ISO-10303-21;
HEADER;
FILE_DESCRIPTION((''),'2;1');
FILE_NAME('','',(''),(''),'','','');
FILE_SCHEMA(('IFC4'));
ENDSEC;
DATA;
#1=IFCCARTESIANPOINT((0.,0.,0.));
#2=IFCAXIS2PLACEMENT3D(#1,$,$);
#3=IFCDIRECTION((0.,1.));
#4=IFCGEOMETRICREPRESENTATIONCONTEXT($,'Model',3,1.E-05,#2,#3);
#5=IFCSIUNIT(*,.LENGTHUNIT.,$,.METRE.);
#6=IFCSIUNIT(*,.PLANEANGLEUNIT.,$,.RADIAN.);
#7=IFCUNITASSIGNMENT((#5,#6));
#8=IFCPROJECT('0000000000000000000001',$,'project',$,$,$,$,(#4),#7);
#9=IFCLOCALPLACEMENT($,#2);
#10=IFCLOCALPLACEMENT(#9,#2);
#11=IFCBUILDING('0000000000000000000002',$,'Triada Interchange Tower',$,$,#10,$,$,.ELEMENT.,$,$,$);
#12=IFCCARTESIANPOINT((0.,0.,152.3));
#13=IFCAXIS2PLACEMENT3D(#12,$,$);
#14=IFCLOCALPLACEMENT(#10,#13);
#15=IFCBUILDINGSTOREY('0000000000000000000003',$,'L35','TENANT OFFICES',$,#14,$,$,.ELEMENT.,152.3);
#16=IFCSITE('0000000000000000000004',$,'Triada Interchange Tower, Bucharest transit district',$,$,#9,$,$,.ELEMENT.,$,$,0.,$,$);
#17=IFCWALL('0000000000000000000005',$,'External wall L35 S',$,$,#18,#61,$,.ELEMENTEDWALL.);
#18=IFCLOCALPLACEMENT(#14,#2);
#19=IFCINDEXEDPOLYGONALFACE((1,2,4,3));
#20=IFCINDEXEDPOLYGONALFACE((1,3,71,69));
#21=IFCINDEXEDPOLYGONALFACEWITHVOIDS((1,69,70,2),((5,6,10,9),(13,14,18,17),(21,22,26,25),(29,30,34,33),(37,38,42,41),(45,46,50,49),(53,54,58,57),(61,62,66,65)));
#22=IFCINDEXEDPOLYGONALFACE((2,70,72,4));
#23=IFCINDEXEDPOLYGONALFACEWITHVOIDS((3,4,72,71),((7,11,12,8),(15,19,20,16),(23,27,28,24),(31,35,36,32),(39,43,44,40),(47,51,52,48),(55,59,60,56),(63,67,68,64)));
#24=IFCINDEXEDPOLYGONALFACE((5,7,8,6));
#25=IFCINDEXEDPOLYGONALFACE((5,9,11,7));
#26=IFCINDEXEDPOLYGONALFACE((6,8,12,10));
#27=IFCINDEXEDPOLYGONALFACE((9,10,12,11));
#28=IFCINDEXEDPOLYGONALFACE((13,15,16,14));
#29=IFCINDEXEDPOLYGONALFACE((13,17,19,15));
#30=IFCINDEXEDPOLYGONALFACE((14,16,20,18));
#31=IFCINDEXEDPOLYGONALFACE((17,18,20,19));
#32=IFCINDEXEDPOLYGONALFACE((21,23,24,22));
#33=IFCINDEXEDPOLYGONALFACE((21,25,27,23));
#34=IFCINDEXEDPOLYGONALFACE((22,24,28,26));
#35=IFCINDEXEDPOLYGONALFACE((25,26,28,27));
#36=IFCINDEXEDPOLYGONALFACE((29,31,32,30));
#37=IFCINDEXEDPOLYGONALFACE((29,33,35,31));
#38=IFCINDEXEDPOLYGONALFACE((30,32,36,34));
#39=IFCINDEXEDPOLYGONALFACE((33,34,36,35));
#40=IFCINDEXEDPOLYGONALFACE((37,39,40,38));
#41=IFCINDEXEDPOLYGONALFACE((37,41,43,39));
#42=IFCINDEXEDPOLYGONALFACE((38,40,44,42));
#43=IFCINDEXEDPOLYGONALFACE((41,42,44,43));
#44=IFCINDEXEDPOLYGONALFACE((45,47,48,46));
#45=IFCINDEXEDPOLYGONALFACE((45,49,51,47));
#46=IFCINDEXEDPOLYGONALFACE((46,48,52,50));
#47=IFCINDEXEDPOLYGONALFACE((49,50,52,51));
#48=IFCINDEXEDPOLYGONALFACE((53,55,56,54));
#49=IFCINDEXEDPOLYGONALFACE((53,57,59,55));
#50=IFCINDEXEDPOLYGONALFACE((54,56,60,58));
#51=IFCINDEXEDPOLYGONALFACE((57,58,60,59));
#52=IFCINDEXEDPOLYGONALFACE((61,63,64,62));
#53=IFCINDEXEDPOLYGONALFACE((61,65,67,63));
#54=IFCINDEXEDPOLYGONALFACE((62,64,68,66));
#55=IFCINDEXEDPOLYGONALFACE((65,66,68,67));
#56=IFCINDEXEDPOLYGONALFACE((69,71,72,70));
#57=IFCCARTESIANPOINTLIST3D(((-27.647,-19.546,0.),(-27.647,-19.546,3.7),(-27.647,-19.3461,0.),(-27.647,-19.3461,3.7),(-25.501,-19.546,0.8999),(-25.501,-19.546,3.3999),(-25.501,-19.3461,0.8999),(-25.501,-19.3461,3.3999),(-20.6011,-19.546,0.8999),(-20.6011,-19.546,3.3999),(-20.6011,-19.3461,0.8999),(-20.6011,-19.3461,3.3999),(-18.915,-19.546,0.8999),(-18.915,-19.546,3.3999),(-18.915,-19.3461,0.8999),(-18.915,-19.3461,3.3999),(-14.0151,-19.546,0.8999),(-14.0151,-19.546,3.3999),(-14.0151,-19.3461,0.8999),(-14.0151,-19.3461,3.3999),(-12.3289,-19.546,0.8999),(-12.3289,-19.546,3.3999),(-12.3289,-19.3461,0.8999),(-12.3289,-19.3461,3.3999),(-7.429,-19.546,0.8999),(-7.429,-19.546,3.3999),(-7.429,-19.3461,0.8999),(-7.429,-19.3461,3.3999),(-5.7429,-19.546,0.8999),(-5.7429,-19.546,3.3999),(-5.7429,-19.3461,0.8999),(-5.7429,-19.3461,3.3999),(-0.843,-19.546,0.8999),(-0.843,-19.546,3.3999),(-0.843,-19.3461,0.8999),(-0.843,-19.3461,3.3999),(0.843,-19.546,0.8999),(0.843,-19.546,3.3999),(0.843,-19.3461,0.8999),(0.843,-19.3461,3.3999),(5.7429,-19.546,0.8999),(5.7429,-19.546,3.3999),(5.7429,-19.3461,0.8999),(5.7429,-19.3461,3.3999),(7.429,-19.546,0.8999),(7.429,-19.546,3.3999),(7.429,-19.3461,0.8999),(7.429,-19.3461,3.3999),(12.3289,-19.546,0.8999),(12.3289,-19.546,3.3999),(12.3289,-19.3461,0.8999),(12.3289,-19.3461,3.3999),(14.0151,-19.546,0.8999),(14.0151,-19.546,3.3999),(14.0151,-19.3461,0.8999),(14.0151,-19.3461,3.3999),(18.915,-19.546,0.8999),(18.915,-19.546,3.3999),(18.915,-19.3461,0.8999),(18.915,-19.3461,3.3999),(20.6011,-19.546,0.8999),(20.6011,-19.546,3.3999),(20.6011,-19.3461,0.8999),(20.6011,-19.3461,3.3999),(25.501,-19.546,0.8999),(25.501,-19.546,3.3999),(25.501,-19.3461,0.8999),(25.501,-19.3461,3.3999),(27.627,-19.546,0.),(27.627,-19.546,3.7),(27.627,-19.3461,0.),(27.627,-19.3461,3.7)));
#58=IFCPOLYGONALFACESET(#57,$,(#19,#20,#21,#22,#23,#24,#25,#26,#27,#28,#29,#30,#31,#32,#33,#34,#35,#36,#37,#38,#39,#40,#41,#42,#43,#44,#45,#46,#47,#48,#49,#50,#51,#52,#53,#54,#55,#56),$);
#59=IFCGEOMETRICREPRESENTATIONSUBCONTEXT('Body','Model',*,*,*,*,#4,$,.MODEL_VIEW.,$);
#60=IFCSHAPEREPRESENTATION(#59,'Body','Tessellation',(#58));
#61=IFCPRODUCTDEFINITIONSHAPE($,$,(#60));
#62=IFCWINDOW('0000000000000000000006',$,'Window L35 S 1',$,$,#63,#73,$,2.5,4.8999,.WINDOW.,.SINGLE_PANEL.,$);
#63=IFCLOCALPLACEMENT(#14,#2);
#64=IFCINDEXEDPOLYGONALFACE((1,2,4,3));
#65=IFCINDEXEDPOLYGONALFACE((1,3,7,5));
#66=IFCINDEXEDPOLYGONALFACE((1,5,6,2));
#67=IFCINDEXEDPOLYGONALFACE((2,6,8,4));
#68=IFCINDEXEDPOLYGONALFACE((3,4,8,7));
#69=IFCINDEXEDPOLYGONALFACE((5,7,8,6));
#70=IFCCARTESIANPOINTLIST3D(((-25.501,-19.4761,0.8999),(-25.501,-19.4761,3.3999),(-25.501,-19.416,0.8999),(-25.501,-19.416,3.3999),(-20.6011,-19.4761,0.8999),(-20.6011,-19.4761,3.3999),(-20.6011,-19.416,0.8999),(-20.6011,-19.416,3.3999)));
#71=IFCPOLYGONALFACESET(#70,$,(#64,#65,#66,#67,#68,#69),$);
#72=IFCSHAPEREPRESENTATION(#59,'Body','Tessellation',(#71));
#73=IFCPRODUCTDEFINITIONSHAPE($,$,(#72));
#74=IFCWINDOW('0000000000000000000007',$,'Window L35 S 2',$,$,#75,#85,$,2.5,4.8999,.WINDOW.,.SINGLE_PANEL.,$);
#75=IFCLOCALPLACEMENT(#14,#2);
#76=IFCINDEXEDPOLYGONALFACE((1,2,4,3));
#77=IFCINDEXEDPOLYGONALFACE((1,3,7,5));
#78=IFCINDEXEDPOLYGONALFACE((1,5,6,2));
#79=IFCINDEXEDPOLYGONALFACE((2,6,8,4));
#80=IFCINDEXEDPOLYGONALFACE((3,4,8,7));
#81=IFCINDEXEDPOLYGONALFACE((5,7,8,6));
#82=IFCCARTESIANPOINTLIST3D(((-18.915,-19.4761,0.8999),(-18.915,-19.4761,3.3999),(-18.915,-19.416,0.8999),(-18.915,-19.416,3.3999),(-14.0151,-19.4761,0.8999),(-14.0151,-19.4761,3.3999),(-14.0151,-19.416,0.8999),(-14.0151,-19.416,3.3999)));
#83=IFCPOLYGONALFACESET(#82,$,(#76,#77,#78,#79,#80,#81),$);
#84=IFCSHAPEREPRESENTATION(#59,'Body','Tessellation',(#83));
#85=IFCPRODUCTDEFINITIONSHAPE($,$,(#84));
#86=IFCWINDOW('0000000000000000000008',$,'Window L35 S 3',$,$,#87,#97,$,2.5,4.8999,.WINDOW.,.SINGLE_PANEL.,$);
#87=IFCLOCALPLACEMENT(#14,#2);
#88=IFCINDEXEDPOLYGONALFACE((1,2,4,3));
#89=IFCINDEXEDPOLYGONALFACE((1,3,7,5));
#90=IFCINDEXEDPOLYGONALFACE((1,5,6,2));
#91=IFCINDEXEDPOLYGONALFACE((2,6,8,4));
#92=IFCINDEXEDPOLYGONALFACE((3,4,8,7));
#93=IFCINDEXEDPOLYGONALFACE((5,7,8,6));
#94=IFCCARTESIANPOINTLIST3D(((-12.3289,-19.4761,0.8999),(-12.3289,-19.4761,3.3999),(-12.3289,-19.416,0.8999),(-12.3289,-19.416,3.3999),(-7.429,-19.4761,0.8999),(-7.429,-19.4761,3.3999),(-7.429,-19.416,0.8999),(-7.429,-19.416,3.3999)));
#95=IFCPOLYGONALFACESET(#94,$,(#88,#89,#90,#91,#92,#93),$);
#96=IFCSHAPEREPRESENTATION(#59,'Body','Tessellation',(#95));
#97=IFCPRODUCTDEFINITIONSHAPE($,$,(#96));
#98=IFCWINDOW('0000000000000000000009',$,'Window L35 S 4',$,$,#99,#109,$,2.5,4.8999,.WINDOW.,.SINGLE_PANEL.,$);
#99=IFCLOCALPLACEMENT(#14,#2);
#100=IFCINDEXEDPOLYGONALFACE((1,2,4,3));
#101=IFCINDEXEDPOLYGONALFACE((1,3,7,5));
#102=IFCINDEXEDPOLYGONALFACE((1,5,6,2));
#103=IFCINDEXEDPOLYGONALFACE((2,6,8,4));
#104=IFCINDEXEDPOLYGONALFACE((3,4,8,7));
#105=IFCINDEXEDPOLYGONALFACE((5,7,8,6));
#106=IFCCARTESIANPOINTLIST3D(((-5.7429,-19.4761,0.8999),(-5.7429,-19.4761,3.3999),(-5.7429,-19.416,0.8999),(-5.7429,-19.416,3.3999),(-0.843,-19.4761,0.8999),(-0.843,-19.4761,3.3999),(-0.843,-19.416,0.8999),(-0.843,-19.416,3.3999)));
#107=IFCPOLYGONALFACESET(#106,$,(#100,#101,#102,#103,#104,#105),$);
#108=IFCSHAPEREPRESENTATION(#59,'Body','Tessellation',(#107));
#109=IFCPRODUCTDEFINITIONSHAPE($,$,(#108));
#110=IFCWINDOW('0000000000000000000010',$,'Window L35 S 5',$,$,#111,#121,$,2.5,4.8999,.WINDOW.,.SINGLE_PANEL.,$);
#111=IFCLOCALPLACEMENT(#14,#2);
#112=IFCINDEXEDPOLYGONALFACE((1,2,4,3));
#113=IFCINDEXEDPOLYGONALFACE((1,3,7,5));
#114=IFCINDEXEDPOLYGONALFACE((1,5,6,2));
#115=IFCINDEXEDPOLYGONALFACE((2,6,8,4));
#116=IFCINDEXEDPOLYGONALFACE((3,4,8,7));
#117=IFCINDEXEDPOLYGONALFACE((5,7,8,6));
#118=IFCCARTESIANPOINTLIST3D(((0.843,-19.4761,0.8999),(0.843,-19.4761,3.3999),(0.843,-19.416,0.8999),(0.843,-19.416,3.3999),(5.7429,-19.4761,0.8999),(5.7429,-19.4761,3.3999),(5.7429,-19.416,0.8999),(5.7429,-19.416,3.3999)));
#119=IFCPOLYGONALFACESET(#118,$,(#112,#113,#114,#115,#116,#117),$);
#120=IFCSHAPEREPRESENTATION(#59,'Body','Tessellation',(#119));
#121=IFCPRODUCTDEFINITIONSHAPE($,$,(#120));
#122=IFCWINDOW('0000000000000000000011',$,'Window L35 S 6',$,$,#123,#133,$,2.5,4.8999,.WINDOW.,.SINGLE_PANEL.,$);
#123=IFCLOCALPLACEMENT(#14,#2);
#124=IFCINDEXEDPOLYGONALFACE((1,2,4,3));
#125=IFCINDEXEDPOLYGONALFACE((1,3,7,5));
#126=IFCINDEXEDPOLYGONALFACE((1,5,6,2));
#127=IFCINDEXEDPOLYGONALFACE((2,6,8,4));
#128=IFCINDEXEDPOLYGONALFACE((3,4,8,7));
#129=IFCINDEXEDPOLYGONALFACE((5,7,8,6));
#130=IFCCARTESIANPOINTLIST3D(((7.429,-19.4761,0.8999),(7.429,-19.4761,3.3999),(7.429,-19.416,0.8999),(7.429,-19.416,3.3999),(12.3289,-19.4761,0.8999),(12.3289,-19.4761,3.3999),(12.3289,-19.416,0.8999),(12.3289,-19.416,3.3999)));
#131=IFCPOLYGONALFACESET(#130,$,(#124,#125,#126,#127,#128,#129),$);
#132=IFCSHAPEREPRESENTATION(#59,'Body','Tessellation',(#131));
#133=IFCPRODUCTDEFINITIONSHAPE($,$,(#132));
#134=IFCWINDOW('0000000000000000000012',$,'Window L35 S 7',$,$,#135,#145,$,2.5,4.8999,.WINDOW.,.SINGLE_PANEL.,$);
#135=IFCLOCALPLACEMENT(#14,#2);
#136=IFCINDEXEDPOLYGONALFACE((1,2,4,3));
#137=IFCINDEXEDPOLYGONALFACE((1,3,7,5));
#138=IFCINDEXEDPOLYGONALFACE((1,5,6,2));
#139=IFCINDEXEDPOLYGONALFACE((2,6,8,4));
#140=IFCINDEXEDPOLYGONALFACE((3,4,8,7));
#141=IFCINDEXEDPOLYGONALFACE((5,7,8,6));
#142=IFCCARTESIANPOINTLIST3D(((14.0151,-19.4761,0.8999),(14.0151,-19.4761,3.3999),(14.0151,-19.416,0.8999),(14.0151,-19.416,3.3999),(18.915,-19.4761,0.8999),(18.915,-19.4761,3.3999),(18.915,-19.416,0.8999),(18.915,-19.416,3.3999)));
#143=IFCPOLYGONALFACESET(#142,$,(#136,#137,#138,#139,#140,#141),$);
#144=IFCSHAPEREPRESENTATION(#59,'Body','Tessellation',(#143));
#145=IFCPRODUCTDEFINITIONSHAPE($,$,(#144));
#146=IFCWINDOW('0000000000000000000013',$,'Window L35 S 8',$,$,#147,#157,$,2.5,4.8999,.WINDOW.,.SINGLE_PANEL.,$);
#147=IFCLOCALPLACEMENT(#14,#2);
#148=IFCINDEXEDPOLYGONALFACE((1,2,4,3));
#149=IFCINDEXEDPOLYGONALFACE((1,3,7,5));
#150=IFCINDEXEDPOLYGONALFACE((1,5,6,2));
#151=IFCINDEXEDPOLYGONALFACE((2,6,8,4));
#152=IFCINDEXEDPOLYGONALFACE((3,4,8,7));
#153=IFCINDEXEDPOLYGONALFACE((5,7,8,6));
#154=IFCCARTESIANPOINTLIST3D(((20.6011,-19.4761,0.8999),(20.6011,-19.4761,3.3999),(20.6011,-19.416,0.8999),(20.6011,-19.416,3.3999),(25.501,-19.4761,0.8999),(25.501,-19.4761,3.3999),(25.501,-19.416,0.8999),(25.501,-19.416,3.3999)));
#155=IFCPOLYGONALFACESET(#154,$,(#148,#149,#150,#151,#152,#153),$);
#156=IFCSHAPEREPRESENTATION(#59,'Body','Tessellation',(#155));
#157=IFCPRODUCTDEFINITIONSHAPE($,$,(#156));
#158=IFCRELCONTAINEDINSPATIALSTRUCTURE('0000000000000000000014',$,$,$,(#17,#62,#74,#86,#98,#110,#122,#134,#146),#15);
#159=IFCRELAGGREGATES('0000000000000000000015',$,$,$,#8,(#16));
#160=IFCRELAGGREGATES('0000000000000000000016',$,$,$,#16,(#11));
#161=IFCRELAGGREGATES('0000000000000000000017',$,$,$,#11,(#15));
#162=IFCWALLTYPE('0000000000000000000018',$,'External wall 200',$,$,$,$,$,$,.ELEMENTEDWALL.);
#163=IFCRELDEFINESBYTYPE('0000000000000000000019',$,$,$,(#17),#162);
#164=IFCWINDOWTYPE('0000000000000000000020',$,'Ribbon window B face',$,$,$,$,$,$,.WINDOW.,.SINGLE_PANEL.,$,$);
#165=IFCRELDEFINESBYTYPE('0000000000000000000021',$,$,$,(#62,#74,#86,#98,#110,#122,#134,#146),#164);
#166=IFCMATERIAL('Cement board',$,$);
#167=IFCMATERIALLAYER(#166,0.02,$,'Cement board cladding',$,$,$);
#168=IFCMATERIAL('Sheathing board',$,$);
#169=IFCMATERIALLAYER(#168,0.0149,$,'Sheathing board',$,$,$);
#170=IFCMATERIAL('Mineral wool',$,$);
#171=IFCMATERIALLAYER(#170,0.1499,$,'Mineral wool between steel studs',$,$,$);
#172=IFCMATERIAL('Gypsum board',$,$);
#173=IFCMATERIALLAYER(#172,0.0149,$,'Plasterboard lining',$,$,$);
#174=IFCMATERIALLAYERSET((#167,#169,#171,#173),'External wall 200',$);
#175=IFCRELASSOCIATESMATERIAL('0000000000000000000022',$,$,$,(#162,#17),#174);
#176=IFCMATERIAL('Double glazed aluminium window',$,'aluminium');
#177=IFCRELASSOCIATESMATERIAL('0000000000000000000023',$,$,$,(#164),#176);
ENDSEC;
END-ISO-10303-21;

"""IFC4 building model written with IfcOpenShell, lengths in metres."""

from ifc_helpers import new_model, si_unit, direction, frame, frame_2d, origin, place, context, subcontext, project, spatial, rectangle, extrude, material, layer, layer_set, layer_usage, type_object, element, fill, save


model = new_model("IFC4")

# Units and contexts
model_context = context("Model", 3, precision=1e-05, world=origin(), true_north=direction((0.0, 1.0)))
body_context = subcontext(model_context, "Body", "Model", "MODEL_VIEW")
ifc_project = project(units=[si_unit("LENGTHUNIT", "METRE"), si_unit("PLANEANGLEUNIT", "RADIAN")], contexts=[model_context])

# Site, building, storey
site_placement = place(None, origin())
site = spatial("IfcSite", under=ifc_project, at=site_placement, Name="Triada Interchange Tower, Bucharest transit district", CompositionType="ELEMENT", RefElevation=0.0)
building_placement = place(site_placement, origin())
building = spatial("IfcBuilding", under=site, at=building_placement, Name="Triada Interchange Tower", CompositionType="ELEMENT")
storey_placement = place(building_placement, frame((0.0, 0.0, 152.3)))
storey = spatial("IfcBuildingStorey", under=building, at=storey_placement, Name="L35", Description="TENANT OFFICES", CompositionType="ELEMENT", Elevation=152.3)

# Shared definitions
ifc_material_1 = material(Name="Cement board")
ifc_layer_1 = layer(ifc_material_1, 0.02, Name="Cement board cladding")
ifc_material_2 = material(Name="Sheathing board")
ifc_layer_2 = layer(ifc_material_2, 0.0149, Name="Sheathing board")
ifc_material_3 = material(Name="Mineral wool")
ifc_layer_3 = layer(ifc_material_3, 0.1499, Name="Mineral wool between steel studs")
ifc_material_4 = material(Name="Gypsum board")
ifc_layer_4 = layer(ifc_material_4, 0.0149, Name="Plasterboard lining")
ifc_layer_set_1 = layer_set([ifc_layer_1, ifc_layer_2, ifc_layer_3, ifc_layer_4], Name="External wall 200")
ifc_layer_usage = layer_usage(ifc_layer_set_1, "AXIS2", "POSITIVE", -0.1001)
wall_type_1 = type_object("IfcWallType", Name="External wall 200", PredefinedType="ELEMENTEDWALL", material=ifc_layer_set_1)
ifc_material_5 = material(Name="Double glazed aluminium window", Category="aluminium")

# Wall, openings, windows
wall_1_placement = place(storey_placement, frame((-27.647, -19.446, 0.0), z_axis=(0.0, 0.0, 1.0), x_axis=(1.0, 0.0, 0.0)))
wall_1 = element("IfcWall", 1, at=wall_1_placement, inside=storey, type_object=wall_type_1, material=ifc_layer_usage, Name="External wall L35 S", PredefinedType="ELEMENTEDWALL", context=body_context, shape_type="SweptSolid", body=[
    extrude(rectangle(XDim=55.2739, YDim=0.2, at=frame_2d((27.637, 0.0))), origin(), (0.0, 0.0, 1.0), 3.7),
])
opening_1_placement = place(wall_1_placement, frame((2.146, 0.0, 0.8999)))
opening_1 = element("IfcOpeningElement", 2, at=opening_1_placement, cuts=wall_1, PredefinedType="OPENING", context=body_context, shape_type="SweptSolid", body=[
    extrude(rectangle(XDim=4.8999, YDim=2.5, at=frame_2d((2.45, 1.25))), frame((0.0, 0.1099, 0.0), z_axis=(0.0, -1.0, 0.0), x_axis=(1.0, 0.0, 0.0)), (0.0, 0.0, 1.0), 0.22),
])
opening_2_placement = place(wall_1_placement, frame((8.7319, 0.0, 0.8999)))
opening_2 = element("IfcOpeningElement", 3, at=opening_2_placement, cuts=wall_1, PredefinedType="OPENING", context=body_context, shape_type="SweptSolid", body=[
    extrude(rectangle(XDim=4.8999, YDim=2.5, at=frame_2d((2.45, 1.25))), frame((0.0, 0.1099, 0.0), z_axis=(0.0, -1.0, 0.0), x_axis=(1.0, 0.0, 0.0)), (0.0, 0.0, 1.0), 0.22),
])
opening_3_placement = place(wall_1_placement, frame((15.3181, 0.0, 0.8999)))
opening_3 = element("IfcOpeningElement", 4, at=opening_3_placement, cuts=wall_1, PredefinedType="OPENING", context=body_context, shape_type="SweptSolid", body=[
    extrude(rectangle(XDim=4.8999, YDim=2.5, at=frame_2d((2.45, 1.25))), frame((0.0, 0.1099, 0.0), z_axis=(0.0, -1.0, 0.0), x_axis=(1.0, 0.0, 0.0)), (0.0, 0.0, 1.0), 0.22),
])
opening_4_placement = place(wall_1_placement, frame((21.9041, 0.0, 0.8999)))
opening_4 = element("IfcOpeningElement", 5, at=opening_4_placement, cuts=wall_1, PredefinedType="OPENING", context=body_context, shape_type="SweptSolid", body=[
    extrude(rectangle(XDim=4.8999, YDim=2.5, at=frame_2d((2.45, 1.25))), frame((0.0, 0.1099, 0.0), z_axis=(0.0, -1.0, 0.0), x_axis=(1.0, 0.0, 0.0)), (0.0, 0.0, 1.0), 0.22),
])
opening_5_placement = place(wall_1_placement, frame((28.49, 0.0, 0.8999)))
opening_5 = element("IfcOpeningElement", 6, at=opening_5_placement, cuts=wall_1, PredefinedType="OPENING", context=body_context, shape_type="SweptSolid", body=[
    extrude(rectangle(XDim=4.8999, YDim=2.5, at=frame_2d((2.45, 1.25))), frame((0.0, 0.1099, 0.0), z_axis=(0.0, -1.0, 0.0), x_axis=(1.0, 0.0, 0.0)), (0.0, 0.0, 1.0), 0.22),
])
opening_6_placement = place(wall_1_placement, frame((35.0759, 0.0, 0.8999)))
opening_6 = element("IfcOpeningElement", 7, at=opening_6_placement, cuts=wall_1, PredefinedType="OPENING", context=body_context, shape_type="SweptSolid", body=[
    extrude(rectangle(XDim=4.8999, YDim=2.5, at=frame_2d((2.45, 1.25))), frame((0.0, 0.1099, 0.0), z_axis=(0.0, -1.0, 0.0), x_axis=(1.0, 0.0, 0.0)), (0.0, 0.0, 1.0), 0.22),
])
opening_7_placement = place(wall_1_placement, frame((41.6621, 0.0, 0.8999)))
opening_7 = element("IfcOpeningElement", 8, at=opening_7_placement, cuts=wall_1, PredefinedType="OPENING", context=body_context, shape_type="SweptSolid", body=[
    extrude(rectangle(XDim=4.8999, YDim=2.5, at=frame_2d((2.45, 1.25))), frame((0.0, 0.1099, 0.0), z_axis=(0.0, -1.0, 0.0), x_axis=(1.0, 0.0, 0.0)), (0.0, 0.0, 1.0), 0.22),
])
opening_8_placement = place(wall_1_placement, frame((48.248, 0.0, 0.8999)))
opening_8 = element("IfcOpeningElement", 9, at=opening_8_placement, cuts=wall_1, PredefinedType="OPENING", context=body_context, shape_type="SweptSolid", body=[
    extrude(rectangle(XDim=4.8999, YDim=2.5, at=frame_2d((2.45, 1.25))), frame((0.0, 0.1099, 0.0), z_axis=(0.0, -1.0, 0.0), x_axis=(1.0, 0.0, 0.0)), (0.0, 0.0, 1.0), 0.22),
])
window_type_1 = type_object("IfcWindowType", Name="Ribbon window B face", PartitioningType="SINGLE_PANEL", PredefinedType="WINDOW", material=ifc_material_5)
window_1_placement = place(opening_1_placement, origin())
window_1 = element("IfcWindow", 10, at=window_1_placement, inside=storey, type_object=window_type_1, Name="Window L35 S 1", OverallHeight=2.5, OverallWidth=4.8999, PartitioningType="SINGLE_PANEL", PredefinedType="WINDOW", context=body_context, shape_type="SweptSolid", body=[
    extrude(rectangle(XDim=4.8999, YDim=2.5, at=frame_2d((2.45, 1.25))), frame((0.0, 0.03, 0.0), z_axis=(0.0, -1.0, 0.0), x_axis=(1.0, 0.0, 0.0)), (0.0, 0.0, 1.0), 0.0601),
])
fill(opening_1, window_1)
window_2_placement = place(opening_2_placement, origin())
window_2 = element("IfcWindow", 11, at=window_2_placement, inside=storey, type_object=window_type_1, Name="Window L35 S 2", OverallHeight=2.5, OverallWidth=4.8999, PartitioningType="SINGLE_PANEL", PredefinedType="WINDOW", context=body_context, shape_type="SweptSolid", body=[
    extrude(rectangle(XDim=4.8999, YDim=2.5, at=frame_2d((2.45, 1.25))), frame((0.0, 0.03, 0.0), z_axis=(0.0, -1.0, 0.0), x_axis=(1.0, 0.0, 0.0)), (0.0, 0.0, 1.0), 0.0601),
])
fill(opening_2, window_2)
window_3_placement = place(opening_3_placement, origin())
window_3 = element("IfcWindow", 12, at=window_3_placement, inside=storey, type_object=window_type_1, Name="Window L35 S 3", OverallHeight=2.5, OverallWidth=4.8999, PartitioningType="SINGLE_PANEL", PredefinedType="WINDOW", context=body_context, shape_type="SweptSolid", body=[
    extrude(rectangle(XDim=4.8999, YDim=2.5, at=frame_2d((2.45, 1.25))), frame((0.0, 0.03, 0.0), z_axis=(0.0, -1.0, 0.0), x_axis=(1.0, 0.0, 0.0)), (0.0, 0.0, 1.0), 0.0601),
])
fill(opening_3, window_3)
window_4_placement = place(opening_4_placement, origin())
window_4 = element("IfcWindow", 13, at=window_4_placement, inside=storey, type_object=window_type_1, Name="Window L35 S 4", OverallHeight=2.5, OverallWidth=4.8999, PartitioningType="SINGLE_PANEL", PredefinedType="WINDOW", context=body_context, shape_type="SweptSolid", body=[
    extrude(rectangle(XDim=4.8999, YDim=2.5, at=frame_2d((2.45, 1.25))), frame((0.0, 0.03, 0.0), z_axis=(0.0, -1.0, 0.0), x_axis=(1.0, 0.0, 0.0)), (0.0, 0.0, 1.0), 0.0601),
])
fill(opening_4, window_4)
window_5_placement = place(opening_5_placement, origin())
window_5 = element("IfcWindow", 14, at=window_5_placement, inside=storey, type_object=window_type_1, Name="Window L35 S 5", OverallHeight=2.5, OverallWidth=4.8999, PartitioningType="SINGLE_PANEL", PredefinedType="WINDOW", context=body_context, shape_type="SweptSolid", body=[
    extrude(rectangle(XDim=4.8999, YDim=2.5, at=frame_2d((2.45, 1.25))), frame((0.0, 0.03, 0.0), z_axis=(0.0, -1.0, 0.0), x_axis=(1.0, 0.0, 0.0)), (0.0, 0.0, 1.0), 0.0601),
])
fill(opening_5, window_5)
window_6_placement = place(opening_6_placement, origin())
window_6 = element("IfcWindow", 15, at=window_6_placement, inside=storey, type_object=window_type_1, Name="Window L35 S 6", OverallHeight=2.5, OverallWidth=4.8999, PartitioningType="SINGLE_PANEL", PredefinedType="WINDOW", context=body_context, shape_type="SweptSolid", body=[
    extrude(rectangle(XDim=4.8999, YDim=2.5, at=frame_2d((2.45, 1.25))), frame((0.0, 0.03, 0.0), z_axis=(0.0, -1.0, 0.0), x_axis=(1.0, 0.0, 0.0)), (0.0, 0.0, 1.0), 0.0601),
])
fill(opening_6, window_6)
window_7_placement = place(opening_7_placement, origin())
window_7 = element("IfcWindow", 16, at=window_7_placement, inside=storey, type_object=window_type_1, Name="Window L35 S 7", OverallHeight=2.5, OverallWidth=4.8999, PartitioningType="SINGLE_PANEL", PredefinedType="WINDOW", context=body_context, shape_type="SweptSolid", body=[
    extrude(rectangle(XDim=4.8999, YDim=2.5, at=frame_2d((2.45, 1.25))), frame((0.0, 0.03, 0.0), z_axis=(0.0, -1.0, 0.0), x_axis=(1.0, 0.0, 0.0)), (0.0, 0.0, 1.0), 0.0601),
])
fill(opening_7, window_7)
window_8_placement = place(opening_8_placement, origin())
window_8 = element("IfcWindow", 17, at=window_8_placement, inside=storey, type_object=window_type_1, Name="Window L35 S 8", OverallHeight=2.5, OverallWidth=4.8999, PartitioningType="SINGLE_PANEL", PredefinedType="WINDOW", context=body_context, shape_type="SweptSolid", body=[
    extrude(rectangle(XDim=4.8999, YDim=2.5, at=frame_2d((2.45, 1.25))), frame((0.0, 0.03, 0.0), z_axis=(0.0, -1.0, 0.0), x_axis=(1.0, 0.0, 0.0)), (0.0, 0.0, 1.0), 0.0601),
])
fill(opening_8, window_8)

save(model, "model.ifc")
